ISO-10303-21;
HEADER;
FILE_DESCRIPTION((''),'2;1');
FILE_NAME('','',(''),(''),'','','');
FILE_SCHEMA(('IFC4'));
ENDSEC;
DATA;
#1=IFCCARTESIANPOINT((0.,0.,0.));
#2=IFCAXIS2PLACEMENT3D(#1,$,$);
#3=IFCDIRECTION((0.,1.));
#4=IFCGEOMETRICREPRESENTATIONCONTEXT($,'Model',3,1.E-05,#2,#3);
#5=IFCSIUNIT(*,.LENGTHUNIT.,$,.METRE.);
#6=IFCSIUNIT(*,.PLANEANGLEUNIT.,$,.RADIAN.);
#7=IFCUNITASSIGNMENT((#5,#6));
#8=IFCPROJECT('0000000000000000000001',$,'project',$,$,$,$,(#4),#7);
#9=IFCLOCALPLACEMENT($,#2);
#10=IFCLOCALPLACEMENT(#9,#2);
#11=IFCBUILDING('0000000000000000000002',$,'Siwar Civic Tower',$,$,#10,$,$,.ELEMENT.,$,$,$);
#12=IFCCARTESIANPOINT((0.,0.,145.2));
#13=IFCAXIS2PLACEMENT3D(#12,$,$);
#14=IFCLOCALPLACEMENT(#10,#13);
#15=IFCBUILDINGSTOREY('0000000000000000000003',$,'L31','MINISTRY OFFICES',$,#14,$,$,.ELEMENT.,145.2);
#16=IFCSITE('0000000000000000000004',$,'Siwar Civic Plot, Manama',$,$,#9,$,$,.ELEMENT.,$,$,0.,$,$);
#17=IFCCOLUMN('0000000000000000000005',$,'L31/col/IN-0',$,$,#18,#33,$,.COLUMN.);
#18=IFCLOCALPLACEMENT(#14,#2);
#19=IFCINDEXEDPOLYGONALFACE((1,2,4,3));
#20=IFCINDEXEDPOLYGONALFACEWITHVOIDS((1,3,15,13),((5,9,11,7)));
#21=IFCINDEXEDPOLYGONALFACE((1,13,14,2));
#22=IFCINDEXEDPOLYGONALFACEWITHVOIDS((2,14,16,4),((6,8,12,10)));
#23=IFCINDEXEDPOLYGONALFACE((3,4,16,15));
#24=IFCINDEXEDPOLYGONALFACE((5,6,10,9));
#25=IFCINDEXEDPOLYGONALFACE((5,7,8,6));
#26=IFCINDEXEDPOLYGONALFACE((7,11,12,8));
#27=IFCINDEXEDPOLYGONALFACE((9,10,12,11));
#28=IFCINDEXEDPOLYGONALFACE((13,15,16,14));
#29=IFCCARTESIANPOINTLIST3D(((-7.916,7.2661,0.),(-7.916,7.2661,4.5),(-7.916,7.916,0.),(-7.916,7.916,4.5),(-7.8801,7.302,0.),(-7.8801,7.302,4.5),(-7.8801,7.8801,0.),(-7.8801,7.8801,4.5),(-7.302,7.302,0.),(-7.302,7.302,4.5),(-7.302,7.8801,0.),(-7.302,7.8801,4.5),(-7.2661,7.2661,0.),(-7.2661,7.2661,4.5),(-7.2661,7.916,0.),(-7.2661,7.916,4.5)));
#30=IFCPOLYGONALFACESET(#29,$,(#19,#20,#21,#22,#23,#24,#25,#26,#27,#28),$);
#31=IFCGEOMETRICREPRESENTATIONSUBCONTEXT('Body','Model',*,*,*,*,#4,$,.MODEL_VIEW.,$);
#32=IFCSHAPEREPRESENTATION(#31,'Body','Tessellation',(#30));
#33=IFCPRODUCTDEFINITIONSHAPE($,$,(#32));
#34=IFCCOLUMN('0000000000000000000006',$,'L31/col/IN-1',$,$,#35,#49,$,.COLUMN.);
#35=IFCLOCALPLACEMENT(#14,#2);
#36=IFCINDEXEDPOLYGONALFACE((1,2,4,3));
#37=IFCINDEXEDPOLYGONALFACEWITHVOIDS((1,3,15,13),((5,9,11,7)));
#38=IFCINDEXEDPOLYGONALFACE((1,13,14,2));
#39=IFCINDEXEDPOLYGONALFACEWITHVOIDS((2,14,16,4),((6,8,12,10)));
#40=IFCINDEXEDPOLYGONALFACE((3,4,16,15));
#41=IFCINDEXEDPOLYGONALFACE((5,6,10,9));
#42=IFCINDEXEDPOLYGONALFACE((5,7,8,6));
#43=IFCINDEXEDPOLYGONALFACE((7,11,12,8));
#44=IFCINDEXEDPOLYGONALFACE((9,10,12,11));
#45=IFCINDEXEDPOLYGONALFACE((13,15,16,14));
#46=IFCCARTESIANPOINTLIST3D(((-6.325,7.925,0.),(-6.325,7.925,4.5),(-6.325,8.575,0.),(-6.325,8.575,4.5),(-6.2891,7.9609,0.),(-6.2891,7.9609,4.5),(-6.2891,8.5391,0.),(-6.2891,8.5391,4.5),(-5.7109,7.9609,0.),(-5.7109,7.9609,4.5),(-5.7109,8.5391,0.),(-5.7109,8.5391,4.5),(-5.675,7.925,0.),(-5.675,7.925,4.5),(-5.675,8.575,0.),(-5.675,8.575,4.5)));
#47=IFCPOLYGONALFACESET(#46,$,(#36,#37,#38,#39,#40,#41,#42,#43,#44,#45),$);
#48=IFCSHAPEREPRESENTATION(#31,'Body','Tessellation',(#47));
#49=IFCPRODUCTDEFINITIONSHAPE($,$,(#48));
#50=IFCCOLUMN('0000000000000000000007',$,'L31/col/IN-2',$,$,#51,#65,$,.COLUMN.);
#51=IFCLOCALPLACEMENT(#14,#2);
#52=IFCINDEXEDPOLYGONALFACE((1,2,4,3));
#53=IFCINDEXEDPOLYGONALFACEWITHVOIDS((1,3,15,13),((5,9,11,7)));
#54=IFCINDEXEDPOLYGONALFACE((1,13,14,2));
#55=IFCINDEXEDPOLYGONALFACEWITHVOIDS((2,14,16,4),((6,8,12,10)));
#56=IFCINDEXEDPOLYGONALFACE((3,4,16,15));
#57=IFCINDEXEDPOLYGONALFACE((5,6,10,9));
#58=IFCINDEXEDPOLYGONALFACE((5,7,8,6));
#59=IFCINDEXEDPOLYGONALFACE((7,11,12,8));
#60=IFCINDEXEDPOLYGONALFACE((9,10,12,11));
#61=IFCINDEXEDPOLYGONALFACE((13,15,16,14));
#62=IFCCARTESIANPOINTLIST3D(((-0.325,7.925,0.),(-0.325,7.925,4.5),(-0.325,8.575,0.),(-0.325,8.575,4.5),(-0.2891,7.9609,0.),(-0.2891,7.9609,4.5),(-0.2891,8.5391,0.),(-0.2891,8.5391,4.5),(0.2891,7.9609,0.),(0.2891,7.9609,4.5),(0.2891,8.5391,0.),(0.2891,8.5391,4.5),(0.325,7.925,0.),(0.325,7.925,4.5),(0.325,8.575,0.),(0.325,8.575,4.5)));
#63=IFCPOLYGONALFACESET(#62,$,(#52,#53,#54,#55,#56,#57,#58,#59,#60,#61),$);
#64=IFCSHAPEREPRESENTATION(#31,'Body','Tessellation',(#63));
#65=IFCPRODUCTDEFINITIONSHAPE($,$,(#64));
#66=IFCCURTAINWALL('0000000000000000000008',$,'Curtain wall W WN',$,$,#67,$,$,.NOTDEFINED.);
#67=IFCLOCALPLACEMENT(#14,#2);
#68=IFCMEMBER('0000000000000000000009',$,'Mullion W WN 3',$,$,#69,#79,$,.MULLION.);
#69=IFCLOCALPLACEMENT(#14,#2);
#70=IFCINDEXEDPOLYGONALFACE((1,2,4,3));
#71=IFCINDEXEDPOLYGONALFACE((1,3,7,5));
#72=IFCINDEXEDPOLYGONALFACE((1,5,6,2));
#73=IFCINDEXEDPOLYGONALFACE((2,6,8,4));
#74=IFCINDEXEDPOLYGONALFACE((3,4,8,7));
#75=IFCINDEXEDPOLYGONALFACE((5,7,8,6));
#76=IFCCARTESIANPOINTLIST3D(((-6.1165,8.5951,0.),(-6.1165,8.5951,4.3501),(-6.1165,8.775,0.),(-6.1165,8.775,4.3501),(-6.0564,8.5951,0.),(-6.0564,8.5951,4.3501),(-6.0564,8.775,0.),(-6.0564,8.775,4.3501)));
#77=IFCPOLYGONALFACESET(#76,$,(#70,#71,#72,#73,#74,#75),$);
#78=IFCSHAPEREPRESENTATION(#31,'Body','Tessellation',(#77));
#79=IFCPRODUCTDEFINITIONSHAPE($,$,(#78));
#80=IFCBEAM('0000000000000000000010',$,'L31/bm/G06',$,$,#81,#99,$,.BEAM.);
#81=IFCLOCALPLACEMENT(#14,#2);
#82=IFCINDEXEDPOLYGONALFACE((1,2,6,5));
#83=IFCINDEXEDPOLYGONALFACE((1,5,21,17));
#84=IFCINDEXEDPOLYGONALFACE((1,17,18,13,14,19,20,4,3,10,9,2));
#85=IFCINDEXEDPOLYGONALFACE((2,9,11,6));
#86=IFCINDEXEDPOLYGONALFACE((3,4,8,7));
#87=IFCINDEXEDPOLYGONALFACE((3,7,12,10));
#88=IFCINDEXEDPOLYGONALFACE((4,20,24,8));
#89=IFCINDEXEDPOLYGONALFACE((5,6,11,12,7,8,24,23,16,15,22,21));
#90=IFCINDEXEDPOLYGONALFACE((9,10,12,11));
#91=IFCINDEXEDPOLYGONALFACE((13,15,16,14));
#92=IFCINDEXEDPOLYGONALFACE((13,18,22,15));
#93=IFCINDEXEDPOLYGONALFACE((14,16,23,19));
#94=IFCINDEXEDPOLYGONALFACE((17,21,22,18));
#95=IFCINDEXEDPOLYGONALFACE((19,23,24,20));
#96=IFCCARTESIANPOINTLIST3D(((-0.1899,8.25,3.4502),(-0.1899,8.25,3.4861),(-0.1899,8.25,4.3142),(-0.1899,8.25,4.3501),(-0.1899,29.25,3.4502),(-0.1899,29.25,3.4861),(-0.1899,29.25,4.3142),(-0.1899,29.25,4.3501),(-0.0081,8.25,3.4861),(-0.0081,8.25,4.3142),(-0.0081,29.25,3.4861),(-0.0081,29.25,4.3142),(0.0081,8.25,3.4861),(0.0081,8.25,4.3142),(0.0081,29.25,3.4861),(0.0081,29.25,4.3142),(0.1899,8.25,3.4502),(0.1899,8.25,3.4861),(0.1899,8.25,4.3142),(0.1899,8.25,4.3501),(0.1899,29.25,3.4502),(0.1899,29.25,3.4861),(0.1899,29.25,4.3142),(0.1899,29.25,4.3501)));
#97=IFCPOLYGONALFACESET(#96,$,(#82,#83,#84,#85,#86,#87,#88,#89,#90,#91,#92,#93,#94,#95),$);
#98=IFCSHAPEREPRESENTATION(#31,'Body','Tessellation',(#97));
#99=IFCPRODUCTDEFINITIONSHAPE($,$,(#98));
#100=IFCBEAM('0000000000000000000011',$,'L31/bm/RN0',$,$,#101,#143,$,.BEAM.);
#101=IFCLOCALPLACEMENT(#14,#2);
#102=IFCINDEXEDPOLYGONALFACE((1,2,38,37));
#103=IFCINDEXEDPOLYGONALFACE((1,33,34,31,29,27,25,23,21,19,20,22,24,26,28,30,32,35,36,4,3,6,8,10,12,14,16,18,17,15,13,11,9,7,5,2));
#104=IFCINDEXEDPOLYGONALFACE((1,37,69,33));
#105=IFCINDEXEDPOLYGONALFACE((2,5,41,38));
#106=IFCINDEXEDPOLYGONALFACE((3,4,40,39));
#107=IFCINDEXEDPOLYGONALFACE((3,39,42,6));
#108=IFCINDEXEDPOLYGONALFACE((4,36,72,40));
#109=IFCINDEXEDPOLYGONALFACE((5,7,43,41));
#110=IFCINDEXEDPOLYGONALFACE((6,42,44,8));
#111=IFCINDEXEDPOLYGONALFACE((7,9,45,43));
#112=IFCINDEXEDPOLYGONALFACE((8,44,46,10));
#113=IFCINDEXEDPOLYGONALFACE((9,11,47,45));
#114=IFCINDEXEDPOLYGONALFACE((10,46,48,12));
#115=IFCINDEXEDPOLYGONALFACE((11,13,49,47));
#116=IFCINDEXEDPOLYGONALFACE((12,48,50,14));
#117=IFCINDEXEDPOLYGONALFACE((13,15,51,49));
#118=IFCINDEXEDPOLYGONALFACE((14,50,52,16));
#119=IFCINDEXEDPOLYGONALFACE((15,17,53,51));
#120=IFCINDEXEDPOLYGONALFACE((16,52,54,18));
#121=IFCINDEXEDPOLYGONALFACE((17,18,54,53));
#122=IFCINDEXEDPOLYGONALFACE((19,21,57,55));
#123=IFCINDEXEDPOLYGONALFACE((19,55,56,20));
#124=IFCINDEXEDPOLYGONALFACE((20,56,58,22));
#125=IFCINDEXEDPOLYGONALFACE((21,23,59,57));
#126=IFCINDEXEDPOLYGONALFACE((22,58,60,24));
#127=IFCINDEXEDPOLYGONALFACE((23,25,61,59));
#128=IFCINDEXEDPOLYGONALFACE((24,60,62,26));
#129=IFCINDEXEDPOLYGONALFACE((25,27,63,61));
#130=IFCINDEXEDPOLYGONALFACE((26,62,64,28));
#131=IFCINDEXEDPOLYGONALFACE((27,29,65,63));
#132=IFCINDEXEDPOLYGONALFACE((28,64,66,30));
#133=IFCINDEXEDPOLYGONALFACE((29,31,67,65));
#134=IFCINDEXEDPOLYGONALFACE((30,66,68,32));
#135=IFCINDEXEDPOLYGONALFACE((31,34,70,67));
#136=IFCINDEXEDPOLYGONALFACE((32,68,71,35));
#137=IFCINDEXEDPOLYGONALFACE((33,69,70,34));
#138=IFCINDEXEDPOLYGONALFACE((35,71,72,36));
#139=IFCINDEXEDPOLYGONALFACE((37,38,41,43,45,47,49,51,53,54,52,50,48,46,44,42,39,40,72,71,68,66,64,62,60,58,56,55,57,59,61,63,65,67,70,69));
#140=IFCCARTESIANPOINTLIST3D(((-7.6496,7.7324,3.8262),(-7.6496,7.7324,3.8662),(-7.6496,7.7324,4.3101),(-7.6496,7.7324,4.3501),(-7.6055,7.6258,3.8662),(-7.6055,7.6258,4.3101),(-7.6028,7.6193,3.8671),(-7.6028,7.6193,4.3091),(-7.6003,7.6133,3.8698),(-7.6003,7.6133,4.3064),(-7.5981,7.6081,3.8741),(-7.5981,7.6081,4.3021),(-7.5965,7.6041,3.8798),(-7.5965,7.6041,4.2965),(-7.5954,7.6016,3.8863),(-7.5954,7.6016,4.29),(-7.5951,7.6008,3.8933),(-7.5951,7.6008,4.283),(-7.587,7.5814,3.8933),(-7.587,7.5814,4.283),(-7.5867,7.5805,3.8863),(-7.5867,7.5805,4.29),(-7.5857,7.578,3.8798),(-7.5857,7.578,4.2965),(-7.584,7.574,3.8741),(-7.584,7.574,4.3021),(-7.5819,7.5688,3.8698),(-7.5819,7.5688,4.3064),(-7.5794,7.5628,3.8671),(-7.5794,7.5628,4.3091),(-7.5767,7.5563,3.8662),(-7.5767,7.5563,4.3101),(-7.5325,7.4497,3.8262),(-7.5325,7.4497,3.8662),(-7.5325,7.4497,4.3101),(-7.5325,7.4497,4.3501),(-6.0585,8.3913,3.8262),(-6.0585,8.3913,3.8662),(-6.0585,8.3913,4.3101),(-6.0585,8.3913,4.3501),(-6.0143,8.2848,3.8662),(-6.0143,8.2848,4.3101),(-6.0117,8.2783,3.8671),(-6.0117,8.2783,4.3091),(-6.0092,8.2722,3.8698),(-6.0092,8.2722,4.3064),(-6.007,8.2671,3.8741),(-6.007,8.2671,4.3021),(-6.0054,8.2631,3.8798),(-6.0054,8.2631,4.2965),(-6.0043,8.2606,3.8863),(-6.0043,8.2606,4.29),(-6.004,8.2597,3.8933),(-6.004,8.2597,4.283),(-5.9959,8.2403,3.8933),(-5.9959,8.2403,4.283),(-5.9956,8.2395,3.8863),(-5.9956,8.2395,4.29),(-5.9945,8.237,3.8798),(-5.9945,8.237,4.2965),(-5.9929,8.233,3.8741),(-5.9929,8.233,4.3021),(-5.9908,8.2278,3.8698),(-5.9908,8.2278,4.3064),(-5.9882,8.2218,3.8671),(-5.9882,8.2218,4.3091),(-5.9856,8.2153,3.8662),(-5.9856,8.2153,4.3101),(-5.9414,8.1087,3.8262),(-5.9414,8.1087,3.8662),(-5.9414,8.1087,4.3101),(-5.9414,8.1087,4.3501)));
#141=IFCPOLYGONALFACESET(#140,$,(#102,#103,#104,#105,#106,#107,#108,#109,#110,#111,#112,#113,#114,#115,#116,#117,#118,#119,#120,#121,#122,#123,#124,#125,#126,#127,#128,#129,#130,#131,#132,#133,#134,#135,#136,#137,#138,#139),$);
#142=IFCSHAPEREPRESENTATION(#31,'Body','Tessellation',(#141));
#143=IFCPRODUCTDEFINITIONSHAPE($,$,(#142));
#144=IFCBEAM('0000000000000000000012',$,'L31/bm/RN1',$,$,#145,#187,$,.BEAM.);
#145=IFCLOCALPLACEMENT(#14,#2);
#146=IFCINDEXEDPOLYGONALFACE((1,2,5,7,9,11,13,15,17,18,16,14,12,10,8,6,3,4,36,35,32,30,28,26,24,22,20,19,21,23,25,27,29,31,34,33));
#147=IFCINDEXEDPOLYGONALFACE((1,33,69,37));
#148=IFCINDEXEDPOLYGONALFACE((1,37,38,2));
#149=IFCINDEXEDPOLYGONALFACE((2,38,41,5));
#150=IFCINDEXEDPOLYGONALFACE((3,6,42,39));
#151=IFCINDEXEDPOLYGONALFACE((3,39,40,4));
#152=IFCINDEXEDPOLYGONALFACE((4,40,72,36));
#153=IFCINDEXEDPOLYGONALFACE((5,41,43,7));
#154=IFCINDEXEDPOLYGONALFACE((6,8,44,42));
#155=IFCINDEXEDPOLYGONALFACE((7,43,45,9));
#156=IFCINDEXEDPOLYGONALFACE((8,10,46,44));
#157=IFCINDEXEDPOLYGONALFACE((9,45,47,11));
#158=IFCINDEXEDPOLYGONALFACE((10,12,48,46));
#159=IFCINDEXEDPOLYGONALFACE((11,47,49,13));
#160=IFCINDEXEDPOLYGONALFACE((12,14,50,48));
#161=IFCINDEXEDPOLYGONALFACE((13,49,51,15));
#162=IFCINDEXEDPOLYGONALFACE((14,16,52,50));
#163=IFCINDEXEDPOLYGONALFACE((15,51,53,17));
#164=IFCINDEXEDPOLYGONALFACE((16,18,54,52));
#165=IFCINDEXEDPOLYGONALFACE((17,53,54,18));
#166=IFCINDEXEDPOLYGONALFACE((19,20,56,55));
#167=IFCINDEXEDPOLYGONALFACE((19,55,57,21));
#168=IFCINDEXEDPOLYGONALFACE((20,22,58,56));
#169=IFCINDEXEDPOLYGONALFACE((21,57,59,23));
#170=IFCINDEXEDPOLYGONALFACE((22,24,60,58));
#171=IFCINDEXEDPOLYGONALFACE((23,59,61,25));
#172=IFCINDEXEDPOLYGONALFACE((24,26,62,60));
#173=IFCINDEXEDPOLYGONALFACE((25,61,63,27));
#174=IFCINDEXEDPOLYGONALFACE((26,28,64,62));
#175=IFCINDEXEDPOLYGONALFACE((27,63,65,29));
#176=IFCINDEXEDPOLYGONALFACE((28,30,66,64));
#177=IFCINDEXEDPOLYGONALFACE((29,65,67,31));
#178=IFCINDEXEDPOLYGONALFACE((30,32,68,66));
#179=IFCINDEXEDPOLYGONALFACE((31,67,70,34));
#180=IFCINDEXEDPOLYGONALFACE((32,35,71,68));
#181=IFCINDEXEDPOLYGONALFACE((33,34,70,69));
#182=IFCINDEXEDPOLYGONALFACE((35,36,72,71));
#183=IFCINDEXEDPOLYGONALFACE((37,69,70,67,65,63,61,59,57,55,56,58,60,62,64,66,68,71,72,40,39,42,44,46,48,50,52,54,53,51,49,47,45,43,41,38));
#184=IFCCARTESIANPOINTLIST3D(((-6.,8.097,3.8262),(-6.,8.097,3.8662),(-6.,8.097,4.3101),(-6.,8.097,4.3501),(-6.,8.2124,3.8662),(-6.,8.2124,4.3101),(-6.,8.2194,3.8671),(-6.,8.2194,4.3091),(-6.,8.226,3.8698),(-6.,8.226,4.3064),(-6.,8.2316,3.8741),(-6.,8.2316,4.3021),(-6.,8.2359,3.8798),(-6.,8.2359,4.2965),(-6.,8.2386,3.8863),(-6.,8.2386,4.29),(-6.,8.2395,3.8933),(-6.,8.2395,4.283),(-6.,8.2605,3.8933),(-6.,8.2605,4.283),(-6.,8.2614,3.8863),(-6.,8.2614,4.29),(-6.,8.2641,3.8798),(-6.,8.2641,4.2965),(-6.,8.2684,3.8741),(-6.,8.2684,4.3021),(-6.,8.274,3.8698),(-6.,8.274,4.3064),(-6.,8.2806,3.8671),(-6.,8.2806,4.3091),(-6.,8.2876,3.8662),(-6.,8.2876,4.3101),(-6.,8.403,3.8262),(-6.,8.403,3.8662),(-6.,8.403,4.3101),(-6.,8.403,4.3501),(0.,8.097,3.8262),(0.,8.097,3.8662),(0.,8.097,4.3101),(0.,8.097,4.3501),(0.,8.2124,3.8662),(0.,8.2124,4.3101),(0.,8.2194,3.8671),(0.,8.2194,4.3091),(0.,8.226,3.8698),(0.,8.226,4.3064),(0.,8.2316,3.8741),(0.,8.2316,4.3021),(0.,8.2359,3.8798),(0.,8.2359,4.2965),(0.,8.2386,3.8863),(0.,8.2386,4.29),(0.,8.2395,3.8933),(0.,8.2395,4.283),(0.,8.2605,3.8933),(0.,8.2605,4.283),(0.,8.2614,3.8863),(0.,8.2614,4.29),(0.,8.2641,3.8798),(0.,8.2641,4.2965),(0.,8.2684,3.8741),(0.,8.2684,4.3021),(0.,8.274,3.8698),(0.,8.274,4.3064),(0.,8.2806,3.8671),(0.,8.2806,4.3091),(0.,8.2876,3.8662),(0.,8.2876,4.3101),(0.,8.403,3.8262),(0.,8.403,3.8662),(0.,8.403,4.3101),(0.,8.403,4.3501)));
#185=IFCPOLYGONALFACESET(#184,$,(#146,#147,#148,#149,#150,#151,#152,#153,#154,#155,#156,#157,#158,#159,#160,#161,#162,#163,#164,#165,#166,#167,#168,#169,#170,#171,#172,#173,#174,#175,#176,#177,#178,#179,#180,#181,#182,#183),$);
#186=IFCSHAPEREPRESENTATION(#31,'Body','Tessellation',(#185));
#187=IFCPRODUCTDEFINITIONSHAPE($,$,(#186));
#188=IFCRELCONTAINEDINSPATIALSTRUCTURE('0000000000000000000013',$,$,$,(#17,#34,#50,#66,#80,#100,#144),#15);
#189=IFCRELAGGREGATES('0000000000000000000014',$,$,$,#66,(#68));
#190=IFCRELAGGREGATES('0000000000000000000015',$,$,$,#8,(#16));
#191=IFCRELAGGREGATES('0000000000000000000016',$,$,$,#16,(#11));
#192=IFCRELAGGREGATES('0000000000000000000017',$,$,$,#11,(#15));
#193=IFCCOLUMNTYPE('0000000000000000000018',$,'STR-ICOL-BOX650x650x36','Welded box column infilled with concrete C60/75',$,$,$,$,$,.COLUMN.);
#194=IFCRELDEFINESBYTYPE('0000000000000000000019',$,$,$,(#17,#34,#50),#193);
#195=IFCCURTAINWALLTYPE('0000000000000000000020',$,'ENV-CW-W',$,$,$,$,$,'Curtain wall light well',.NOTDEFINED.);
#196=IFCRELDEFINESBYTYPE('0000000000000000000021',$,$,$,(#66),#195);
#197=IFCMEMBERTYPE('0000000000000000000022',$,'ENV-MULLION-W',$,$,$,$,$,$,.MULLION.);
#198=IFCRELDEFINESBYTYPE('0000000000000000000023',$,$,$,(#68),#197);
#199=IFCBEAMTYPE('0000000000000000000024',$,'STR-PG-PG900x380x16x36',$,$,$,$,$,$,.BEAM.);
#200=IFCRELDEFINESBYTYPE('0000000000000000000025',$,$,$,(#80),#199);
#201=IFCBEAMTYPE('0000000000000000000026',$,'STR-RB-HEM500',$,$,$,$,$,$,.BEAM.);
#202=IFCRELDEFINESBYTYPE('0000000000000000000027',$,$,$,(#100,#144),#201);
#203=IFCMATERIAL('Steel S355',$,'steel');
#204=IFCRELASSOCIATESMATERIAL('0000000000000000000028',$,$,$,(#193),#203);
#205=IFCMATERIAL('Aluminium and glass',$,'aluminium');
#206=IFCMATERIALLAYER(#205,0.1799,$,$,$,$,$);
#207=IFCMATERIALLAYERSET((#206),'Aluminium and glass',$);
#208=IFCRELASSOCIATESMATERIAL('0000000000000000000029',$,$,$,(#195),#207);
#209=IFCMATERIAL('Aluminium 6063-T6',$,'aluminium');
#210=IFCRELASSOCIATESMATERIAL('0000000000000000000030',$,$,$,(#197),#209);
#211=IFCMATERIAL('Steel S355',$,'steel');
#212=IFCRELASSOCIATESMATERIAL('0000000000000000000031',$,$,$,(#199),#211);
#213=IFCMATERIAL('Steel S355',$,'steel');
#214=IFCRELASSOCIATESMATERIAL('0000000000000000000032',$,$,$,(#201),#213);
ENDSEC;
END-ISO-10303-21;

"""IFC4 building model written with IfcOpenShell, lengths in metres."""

from ifc_helpers import new_model, si_unit, direction, frame, origin, origin_2d, place, context, subcontext, project, spatial, rectangle, hollow_rectangle, i_section, extrude, material, layer, layer_set, material_profile, profile_set, type_object, element, aggregate, save


model = new_model("IFC4")

# Units and contexts
model_context = context("Model", 3, precision=1e-05, world=origin(), true_north=direction((0.0, 1.0)))
body_context = subcontext(model_context, "Body", "Model", "MODEL_VIEW")
ifc_project = project(units=[si_unit("LENGTHUNIT", "METRE"), si_unit("PLANEANGLEUNIT", "RADIAN")], contexts=[model_context])

# Site, building, storey
site_placement = place(None, origin())
site = spatial("IfcSite", under=ifc_project, at=site_placement, Name="Siwar Civic Plot, Manama", CompositionType="ELEMENT", RefElevation=0.0)
building_placement = place(site_placement, origin())
building = spatial("IfcBuilding", under=site, at=building_placement, Name="Siwar Civic Tower", CompositionType="ELEMENT")
storey_placement = place(building_placement, frame((0.0, 0.0, 145.2)))
storey = spatial("IfcBuildingStorey", under=building, at=storey_placement, Name="L31", Description="MINISTRY OFFICES", CompositionType="ELEMENT", Elevation=145.2)

# Columns
ifc_material_1 = material(Name="Steel S355", Category="steel")
ifc_material_profile_1 = material_profile(ifc_material_1, hollow_rectangle(XDim=0.6499, YDim=0.6499, WallThickness=0.0359, at=origin_2d()), Name="BOX650x650x36")
ifc_profile_set_1 = profile_set([ifc_material_profile_1], Name="Steel S355")
column_type = type_object("IfcColumnType", Name="STR-ICOL-BOX650x650x36", Description="Welded box column infilled with concrete C60/75", PredefinedType="COLUMN", material=ifc_profile_set_1)
for number, where, z_axis, x_axis, name in (
    (1, (-7.5911, 7.5911, 0.0), (0.0, 0.0, 1.0), (1.0, 0.0, 0.0), "L31/col/IN-0"),
    (2, (-6.0, 8.25, 0.0), (0.0, 0.0, 1.0), (1.0, 0.0, 0.0), "L31/col/IN-1"),
    (3, (0.0, 8.25, 0.0), (0.0, 0.0, 1.0), (1.0, 0.0, 0.0), "L31/col/IN-2"),
):
    element("IfcColumn", number, at=place(storey_placement, frame(where, z_axis=z_axis, x_axis=x_axis)), inside=storey, type_object=column_type, Name=name, PredefinedType="COLUMN", context=body_context, shape_type="SweptSolid", body=[
        extrude(hollow_rectangle(XDim=0.6499, YDim=0.6499, WallThickness=0.0359, at=origin_2d()), origin(), (0.0, 0.0, 1.0), 4.5),
    ])

# Curtain wall, member
ifc_material_2 = material(Name="Aluminium and glass", Category="aluminium")
ifc_layer_1 = layer(ifc_material_2, 0.1799)
ifc_layer_set_1 = layer_set([ifc_layer_1], Name="Aluminium and glass")
curtain_wall_type = type_object("IfcCurtainWallType", Name="ENV-CW-W", ElementType="Curtain wall light well", PredefinedType="NOTDEFINED", material=ifc_layer_set_1)
curtain_wall_placement = place(storey_placement, origin())
curtain_wall = element("IfcCurtainWall", 4, at=curtain_wall_placement, inside=storey, type_object=curtain_wall_type, Name="Curtain wall W WN", PredefinedType="NOTDEFINED")
ifc_material_3 = material(Name="Aluminium 6063-T6", Category="aluminium")
ifc_material_profile_2 = material_profile(ifc_material_3, rectangle(XDim=0.1799, YDim=0.0601, at=origin_2d()), Name="AL 180x60")
ifc_profile_set_2 = profile_set([ifc_material_profile_2], Name="Aluminium 6063-T6")
member_type = type_object("IfcMemberType", Name="ENV-MULLION-W", PredefinedType="MULLION", material=ifc_profile_set_2)
member_placement = place(storey_placement, frame((-6.0864, 8.6851, 0.0), z_axis=(0.0, 0.0, 1.0), x_axis=(0.0, -1.0, 0.0)))
member = element("IfcMember", 5, at=member_placement, type_object=member_type, Name="Mullion W WN 3", PredefinedType="MULLION", context=body_context, shape_type="SweptSolid", body=[
    extrude(rectangle(XDim=0.1799, YDim=0.0601, at=origin_2d()), origin(), (0.0, 0.0, 1.0), 4.3501),
])

# Beams
ifc_material_4 = material(Name="Steel S355", Category="steel")
ifc_material_profile_3 = material_profile(ifc_material_4, i_section(OverallWidth=0.3799, OverallDepth=0.8999, WebThickness=0.0161, FlangeThickness=0.0359, at=origin_2d()), Name="PG900x380x16x36")
ifc_profile_set_3 = profile_set([ifc_material_profile_3], Name="Steel S355")
beam_type_1 = type_object("IfcBeamType", Name="STR-PG-PG900x380x16x36", PredefinedType="BEAM", material=ifc_profile_set_3)
beam_1_placement = place(storey_placement, frame((0.0, 8.25, 3.9001), z_axis=(0.0, 1.0, 0.0), x_axis=(-1.0, 0.0, 0.0)))
element("IfcBeam", 6, at=beam_1_placement, inside=storey, type_object=beam_type_1, Name="L31/bm/G06", PredefinedType="BEAM", context=body_context, shape_type="SweptSolid", body=[
    extrude(i_section(OverallWidth=0.3799, OverallDepth=0.8999, WebThickness=0.0161, FlangeThickness=0.0359, at=origin_2d()), origin(), (0.0, 0.0, 1.0), 21.0),
])
ifc_material_5 = material(Name="Steel S355", Category="steel")
ifc_material_profile_4 = material_profile(ifc_material_5, i_section(OverallWidth=0.3059, OverallDepth=0.5239, WebThickness=0.021, FlangeThickness=0.04, FilletRadius=0.0271, at=origin_2d()), Name="HEM500")
ifc_profile_set_4 = profile_set([ifc_material_profile_4], Name="Steel S355")
beam_type_2 = type_object("IfcBeamType", Name="STR-RB-HEM500", PredefinedType="BEAM", material=ifc_profile_set_4)
beam_2_placement = place(storey_placement, frame((-7.5911, 7.5911, 4.0881), z_axis=(0.923901, 0.382631, 0.0), x_axis=(-0.382631, 0.923901, 0.0)))
element("IfcBeam", 7, at=beam_2_placement, inside=storey, type_object=beam_type_2, Name="L31/bm/RN0", PredefinedType="BEAM", context=body_context, shape_type="SweptSolid", body=[
    extrude(i_section(OverallWidth=0.3059, OverallDepth=0.5239, WebThickness=0.021, FlangeThickness=0.04, FilletRadius=0.0271, at=origin_2d()), origin(), (0.0, 0.0, 1.0), 1.7222),
])
for number, where, z_axis, x_axis, name in (
    (8, (-6.0, 8.25, 4.0881), (1.0, 0.0, 0.0), (0.0, 1.0, 0.0), "L31/bm/RN1"),
):
    element("IfcBeam", number, at=place(storey_placement, frame(where, z_axis=z_axis, x_axis=x_axis)), inside=storey, type_object=beam_type_2, Name=name, PredefinedType="BEAM", context=body_context, shape_type="SweptSolid", body=[
        extrude(i_section(OverallWidth=0.3059, OverallDepth=0.5239, WebThickness=0.021, FlangeThickness=0.04, FilletRadius=0.0271, at=origin_2d()), origin(), (0.0, 0.0, 1.0), 6.0),
    ])

aggregate(curtain_wall, [member])

save(model, "model.ifc")
